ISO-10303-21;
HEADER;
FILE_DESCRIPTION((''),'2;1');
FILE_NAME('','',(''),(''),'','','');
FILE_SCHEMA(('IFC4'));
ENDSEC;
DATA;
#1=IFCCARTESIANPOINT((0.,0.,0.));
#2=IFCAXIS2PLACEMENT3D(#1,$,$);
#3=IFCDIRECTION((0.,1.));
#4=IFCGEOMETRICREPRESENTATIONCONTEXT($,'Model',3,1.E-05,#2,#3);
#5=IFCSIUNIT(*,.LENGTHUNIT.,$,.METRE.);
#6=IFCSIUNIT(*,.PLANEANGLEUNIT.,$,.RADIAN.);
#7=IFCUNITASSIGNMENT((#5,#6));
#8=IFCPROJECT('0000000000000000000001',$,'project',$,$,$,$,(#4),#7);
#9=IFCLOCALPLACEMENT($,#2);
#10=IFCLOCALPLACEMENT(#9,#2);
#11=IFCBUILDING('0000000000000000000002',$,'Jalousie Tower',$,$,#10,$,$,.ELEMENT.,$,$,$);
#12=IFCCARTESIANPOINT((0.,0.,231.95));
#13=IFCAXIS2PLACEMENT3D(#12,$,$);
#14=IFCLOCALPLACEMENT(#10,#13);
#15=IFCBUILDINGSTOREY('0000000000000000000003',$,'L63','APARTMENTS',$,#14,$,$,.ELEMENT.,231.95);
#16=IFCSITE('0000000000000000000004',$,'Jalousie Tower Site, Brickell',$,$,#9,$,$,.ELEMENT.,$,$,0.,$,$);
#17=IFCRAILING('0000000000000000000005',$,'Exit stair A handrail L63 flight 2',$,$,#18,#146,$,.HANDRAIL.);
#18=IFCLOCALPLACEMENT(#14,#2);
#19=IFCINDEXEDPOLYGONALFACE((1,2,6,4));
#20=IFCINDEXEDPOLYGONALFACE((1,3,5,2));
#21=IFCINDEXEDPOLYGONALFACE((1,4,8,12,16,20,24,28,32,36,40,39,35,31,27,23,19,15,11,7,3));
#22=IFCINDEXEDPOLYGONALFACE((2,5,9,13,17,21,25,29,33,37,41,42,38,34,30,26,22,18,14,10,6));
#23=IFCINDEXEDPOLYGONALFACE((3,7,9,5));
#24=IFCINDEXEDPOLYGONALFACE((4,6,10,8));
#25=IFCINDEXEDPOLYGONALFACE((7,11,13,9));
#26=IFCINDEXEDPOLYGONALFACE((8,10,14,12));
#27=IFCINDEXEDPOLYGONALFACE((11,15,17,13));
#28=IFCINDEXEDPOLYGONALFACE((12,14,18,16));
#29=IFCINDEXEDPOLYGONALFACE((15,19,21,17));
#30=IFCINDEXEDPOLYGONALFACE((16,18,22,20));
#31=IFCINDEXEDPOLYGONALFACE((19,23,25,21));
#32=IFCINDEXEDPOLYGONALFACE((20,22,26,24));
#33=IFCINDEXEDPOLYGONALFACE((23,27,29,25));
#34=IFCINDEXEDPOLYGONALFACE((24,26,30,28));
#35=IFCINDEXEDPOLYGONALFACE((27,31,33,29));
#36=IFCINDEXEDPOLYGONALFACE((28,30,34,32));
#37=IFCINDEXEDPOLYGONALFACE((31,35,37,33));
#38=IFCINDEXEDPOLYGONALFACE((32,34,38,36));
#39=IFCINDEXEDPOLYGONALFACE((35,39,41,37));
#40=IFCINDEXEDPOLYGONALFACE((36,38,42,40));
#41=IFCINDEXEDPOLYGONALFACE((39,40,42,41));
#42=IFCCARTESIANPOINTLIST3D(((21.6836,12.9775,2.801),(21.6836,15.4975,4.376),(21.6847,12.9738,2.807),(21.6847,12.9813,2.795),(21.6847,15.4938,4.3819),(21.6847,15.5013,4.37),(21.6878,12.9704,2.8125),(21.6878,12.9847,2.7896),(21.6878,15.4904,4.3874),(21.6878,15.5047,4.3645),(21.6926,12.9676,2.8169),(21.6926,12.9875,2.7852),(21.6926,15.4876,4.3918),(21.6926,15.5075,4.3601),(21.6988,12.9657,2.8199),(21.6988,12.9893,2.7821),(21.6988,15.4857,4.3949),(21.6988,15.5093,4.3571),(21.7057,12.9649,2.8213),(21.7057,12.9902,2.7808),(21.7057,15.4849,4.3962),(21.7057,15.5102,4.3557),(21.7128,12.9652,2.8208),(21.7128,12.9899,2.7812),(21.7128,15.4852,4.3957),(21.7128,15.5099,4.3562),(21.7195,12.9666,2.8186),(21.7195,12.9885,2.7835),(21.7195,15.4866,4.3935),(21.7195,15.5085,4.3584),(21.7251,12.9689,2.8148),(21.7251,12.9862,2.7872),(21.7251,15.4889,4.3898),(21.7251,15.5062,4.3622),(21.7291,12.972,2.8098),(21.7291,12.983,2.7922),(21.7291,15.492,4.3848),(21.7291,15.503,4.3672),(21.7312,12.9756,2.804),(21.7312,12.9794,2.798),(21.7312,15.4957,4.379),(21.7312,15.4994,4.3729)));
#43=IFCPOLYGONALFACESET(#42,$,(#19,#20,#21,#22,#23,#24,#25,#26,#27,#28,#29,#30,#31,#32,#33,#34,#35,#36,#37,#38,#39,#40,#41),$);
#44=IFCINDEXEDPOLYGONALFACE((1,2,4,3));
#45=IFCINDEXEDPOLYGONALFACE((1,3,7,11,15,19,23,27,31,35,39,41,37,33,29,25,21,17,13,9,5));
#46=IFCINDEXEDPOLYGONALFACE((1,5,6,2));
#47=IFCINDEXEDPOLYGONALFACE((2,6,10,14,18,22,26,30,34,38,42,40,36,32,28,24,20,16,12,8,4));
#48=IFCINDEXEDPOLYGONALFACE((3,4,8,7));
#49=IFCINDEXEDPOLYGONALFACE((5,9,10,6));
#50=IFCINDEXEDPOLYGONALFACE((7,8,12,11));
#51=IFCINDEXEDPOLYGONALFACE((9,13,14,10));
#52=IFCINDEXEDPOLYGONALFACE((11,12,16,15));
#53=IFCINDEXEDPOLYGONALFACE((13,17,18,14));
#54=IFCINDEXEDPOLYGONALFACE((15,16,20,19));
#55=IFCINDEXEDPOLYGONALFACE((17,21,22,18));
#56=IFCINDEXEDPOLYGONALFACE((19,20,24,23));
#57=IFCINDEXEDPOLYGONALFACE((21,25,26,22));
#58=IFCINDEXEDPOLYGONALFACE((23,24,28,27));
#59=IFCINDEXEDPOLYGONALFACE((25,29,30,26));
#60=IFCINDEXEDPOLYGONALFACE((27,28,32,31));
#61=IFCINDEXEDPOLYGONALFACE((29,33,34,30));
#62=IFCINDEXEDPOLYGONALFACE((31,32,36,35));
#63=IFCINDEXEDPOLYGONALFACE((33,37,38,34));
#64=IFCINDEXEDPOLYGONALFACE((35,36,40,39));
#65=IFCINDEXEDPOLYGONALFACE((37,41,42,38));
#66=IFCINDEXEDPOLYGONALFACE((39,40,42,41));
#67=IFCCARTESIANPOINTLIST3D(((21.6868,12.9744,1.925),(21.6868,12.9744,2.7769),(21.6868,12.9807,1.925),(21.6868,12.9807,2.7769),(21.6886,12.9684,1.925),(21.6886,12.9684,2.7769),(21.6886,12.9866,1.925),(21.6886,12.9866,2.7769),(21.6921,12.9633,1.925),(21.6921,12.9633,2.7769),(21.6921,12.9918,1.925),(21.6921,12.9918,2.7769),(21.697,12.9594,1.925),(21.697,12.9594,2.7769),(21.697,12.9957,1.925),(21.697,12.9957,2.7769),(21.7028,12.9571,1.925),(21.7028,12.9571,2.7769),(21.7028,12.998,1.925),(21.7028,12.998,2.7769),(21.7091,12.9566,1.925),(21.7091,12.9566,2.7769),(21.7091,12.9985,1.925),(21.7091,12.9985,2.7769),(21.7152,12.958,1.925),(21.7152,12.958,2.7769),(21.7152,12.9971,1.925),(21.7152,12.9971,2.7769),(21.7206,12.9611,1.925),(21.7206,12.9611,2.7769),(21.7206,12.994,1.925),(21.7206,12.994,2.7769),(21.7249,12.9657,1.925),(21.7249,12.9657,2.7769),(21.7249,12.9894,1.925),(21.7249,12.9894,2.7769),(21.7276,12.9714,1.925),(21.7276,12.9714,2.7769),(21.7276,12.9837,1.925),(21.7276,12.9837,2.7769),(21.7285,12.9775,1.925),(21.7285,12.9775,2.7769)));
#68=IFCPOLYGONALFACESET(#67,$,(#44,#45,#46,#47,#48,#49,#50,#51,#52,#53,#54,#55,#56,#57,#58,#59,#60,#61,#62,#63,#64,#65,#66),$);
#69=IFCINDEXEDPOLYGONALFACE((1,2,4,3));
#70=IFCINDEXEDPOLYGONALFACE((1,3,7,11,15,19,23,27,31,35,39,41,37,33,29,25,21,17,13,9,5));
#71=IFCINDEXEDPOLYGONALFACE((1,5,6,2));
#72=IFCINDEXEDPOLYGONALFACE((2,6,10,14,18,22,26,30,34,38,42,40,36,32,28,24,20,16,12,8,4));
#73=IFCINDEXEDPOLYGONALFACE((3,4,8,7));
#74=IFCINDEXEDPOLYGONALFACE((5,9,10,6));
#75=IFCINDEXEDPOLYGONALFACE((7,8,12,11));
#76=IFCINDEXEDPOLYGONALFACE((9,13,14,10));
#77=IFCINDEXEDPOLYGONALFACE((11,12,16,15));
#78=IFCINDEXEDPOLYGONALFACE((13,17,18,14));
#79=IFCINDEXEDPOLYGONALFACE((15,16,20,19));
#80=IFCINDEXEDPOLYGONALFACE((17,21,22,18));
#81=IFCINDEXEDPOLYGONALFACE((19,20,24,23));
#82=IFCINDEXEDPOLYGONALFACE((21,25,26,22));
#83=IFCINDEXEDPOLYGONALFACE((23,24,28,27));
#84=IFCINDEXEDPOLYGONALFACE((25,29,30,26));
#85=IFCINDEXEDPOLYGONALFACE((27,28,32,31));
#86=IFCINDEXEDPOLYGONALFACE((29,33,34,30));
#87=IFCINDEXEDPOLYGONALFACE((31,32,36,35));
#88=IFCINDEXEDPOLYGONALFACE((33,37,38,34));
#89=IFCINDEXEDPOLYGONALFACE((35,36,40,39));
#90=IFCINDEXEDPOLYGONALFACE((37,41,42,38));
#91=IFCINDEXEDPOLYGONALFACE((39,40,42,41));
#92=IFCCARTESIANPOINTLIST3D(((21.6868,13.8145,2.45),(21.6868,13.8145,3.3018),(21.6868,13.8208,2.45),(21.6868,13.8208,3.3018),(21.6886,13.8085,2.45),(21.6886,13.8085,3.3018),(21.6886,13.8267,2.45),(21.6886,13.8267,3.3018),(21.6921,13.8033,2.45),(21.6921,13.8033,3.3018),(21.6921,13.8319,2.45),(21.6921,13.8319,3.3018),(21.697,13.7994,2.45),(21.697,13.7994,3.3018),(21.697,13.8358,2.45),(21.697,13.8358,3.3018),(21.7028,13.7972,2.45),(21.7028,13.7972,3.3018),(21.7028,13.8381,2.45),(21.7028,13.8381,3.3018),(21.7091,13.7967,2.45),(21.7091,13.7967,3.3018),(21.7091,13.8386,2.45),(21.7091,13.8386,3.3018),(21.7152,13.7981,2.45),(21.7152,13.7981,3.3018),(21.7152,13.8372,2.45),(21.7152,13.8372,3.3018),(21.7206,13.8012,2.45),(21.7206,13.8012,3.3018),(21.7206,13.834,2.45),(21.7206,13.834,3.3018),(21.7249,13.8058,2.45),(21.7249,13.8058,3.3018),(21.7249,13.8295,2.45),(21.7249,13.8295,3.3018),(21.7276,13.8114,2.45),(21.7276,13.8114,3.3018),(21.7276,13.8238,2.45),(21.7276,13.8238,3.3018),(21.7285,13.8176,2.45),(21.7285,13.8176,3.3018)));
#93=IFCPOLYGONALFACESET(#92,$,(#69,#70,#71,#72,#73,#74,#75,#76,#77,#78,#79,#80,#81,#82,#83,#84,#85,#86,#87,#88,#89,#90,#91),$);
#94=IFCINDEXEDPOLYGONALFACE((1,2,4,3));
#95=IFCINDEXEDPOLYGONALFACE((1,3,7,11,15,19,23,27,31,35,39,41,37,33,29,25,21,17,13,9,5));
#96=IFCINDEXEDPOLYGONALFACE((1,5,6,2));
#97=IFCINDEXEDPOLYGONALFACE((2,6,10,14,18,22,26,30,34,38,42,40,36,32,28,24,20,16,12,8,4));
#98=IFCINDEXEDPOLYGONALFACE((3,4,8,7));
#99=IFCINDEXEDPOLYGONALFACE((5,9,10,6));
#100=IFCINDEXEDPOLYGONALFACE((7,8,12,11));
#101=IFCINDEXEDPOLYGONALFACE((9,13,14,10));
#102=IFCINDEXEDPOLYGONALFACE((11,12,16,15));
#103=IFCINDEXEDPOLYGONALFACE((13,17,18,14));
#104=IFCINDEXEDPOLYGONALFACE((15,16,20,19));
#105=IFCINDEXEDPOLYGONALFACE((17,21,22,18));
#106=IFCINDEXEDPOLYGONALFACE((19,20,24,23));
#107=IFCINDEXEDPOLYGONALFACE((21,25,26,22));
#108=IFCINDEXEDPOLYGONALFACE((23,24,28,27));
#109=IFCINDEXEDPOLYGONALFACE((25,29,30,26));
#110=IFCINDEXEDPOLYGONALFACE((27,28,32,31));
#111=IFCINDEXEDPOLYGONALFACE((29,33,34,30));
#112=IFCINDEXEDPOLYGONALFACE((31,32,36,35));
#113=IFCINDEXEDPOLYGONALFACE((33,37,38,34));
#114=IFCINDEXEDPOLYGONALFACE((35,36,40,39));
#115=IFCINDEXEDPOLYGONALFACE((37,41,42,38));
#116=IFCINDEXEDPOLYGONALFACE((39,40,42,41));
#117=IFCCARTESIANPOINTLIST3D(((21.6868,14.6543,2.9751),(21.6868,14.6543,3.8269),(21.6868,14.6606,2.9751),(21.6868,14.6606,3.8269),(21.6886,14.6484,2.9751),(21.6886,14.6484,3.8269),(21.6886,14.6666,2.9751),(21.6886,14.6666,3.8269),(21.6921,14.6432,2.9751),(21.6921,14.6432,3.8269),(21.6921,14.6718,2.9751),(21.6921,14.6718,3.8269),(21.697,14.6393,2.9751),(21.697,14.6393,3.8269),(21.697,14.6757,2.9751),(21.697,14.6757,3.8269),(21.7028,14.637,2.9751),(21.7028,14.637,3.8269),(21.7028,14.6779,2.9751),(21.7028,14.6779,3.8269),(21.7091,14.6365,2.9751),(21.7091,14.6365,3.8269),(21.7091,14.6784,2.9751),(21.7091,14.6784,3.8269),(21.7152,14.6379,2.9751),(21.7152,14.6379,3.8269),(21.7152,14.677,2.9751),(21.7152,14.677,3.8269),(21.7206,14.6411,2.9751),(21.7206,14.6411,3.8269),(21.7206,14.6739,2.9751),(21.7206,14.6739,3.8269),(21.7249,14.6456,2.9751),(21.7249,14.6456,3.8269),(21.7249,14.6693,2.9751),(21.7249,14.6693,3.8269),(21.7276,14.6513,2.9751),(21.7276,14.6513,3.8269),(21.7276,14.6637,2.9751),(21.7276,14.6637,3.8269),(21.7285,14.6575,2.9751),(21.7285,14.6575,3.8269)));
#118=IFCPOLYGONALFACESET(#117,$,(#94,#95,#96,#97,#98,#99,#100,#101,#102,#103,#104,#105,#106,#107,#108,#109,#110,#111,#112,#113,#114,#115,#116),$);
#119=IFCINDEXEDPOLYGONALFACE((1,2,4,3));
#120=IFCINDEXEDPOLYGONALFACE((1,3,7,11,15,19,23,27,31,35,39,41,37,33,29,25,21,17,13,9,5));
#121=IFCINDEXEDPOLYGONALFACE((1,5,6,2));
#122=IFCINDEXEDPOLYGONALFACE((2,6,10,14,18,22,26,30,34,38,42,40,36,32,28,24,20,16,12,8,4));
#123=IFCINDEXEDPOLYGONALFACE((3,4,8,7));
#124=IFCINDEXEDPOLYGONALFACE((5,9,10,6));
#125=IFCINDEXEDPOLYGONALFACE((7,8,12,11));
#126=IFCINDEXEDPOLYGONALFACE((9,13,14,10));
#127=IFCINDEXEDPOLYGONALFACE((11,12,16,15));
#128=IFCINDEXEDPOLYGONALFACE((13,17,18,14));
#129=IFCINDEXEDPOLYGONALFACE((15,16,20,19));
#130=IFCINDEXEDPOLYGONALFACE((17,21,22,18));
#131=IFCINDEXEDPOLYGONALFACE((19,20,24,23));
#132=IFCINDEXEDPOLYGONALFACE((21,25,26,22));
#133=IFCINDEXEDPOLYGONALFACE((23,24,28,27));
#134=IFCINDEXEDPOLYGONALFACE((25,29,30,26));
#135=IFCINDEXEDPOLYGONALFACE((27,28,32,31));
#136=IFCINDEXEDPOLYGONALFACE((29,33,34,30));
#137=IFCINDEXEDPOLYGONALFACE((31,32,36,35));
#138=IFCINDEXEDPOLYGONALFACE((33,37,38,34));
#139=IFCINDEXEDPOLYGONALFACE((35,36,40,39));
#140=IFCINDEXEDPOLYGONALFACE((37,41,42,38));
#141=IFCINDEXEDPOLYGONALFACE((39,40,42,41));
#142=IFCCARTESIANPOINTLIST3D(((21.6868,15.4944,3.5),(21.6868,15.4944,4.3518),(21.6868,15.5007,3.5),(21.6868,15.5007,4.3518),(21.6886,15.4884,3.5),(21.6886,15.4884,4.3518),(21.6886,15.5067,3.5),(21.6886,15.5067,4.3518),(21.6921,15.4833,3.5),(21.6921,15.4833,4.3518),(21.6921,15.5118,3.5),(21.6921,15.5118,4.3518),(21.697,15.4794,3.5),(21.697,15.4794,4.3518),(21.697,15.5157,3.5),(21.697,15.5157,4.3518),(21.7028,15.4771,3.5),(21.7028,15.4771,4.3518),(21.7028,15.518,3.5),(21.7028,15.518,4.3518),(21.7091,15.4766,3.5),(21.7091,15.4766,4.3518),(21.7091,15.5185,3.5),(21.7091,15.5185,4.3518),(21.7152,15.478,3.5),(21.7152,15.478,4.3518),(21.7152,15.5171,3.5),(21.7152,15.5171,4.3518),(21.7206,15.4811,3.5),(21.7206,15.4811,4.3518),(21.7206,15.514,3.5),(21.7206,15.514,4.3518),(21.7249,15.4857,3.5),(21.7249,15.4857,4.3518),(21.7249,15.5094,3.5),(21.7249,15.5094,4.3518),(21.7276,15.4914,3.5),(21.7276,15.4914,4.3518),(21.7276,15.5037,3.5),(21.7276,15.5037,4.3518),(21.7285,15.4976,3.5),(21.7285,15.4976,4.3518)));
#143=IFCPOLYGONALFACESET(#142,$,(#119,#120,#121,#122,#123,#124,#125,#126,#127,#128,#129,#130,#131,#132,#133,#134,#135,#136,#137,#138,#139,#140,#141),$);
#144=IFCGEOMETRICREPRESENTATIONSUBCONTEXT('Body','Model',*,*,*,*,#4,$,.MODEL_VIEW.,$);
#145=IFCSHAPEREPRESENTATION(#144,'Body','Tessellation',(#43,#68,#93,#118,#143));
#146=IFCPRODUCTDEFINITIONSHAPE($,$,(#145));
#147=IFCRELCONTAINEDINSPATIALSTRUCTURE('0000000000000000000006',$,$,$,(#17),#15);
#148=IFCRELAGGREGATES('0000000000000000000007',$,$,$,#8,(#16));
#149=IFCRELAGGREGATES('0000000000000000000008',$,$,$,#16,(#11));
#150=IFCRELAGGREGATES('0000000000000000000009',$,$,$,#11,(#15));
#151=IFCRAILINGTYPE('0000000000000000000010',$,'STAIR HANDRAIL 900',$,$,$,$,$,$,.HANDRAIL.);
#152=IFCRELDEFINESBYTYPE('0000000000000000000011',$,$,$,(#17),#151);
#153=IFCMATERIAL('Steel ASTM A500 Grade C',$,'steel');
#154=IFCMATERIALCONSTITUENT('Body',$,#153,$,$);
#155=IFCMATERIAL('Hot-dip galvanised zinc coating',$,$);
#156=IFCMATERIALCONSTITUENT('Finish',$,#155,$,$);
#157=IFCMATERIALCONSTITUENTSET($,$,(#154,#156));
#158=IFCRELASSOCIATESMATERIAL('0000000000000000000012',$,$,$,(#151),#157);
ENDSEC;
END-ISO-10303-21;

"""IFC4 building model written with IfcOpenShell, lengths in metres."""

from ifc_helpers import new_model, si_unit, direction, frame, origin, origin_2d, place, context, subcontext, project, spatial, circle, extrude, material, constituent, constituent_set, type_object, element, save


model = new_model("IFC4")

# Units and contexts
model_context = context("Model", 3, precision=1e-05, world=origin(), true_north=direction((0.0, 1.0)))
body_context = subcontext(model_context, "Body", "Model", "MODEL_VIEW")
ifc_project = project(units=[si_unit("LENGTHUNIT", "METRE"), si_unit("PLANEANGLEUNIT", "RADIAN")], contexts=[model_context])

# Site, building, storey
site_placement = place(None, origin())
site = spatial("IfcSite", under=ifc_project, at=site_placement, Name="Jalousie Tower Site, Brickell", CompositionType="ELEMENT", RefElevation=0.0)
building_placement = place(site_placement, origin())
building = spatial("IfcBuilding", under=site, at=building_placement, Name="Jalousie Tower", CompositionType="ELEMENT")
storey_placement = place(building_placement, frame((0.0, 0.0, 231.95)))
storey = spatial("IfcBuildingStorey", under=building, at=storey_placement, Name="L63", Description="APARTMENTS", CompositionType="ELEMENT", Elevation=231.95)

# Railing
ifc_material_1 = material(Name="Steel ASTM A500 Grade C", Category="steel")
ifc_constituent_1 = constituent(ifc_material_1, Name="Body")
ifc_material_2 = material(Name="Hot-dip galvanised zinc coating")
ifc_constituent_2 = constituent(ifc_material_2, Name="Finish")
ifc_constituent_set_1 = constituent_set(constituents=[ifc_constituent_1, ifc_constituent_2])
railing_type_1 = type_object("IfcRailingType", Name="STAIR HANDRAIL 900", PredefinedType="HANDRAIL", material=ifc_constituent_set_1)
railing_1_placement = place(storey_placement, frame((21.7075, 12.9775, 1.925)))
element("IfcRailing", 1, at=railing_1_placement, inside=storey, type_object=railing_type_1, Name="Exit stair A handrail L63 flight 2", PredefinedType="HANDRAIL", context=body_context, shape_type="SweptSolid", body=[
    extrude(circle(Radius=0.0239, at=origin_2d()), frame((0.0, 0.0, 0.876), z_axis=(0.0, 0.848008, 0.529984), x_axis=(-1.0, 0.0, 0.0)), (0.0, 0.0, 1.0), 2.9717),
    extrude(circle(Radius=0.021, at=origin_2d()), origin(), (0.0, 0.0, 1.0), 0.8518),
    extrude(circle(Radius=0.021, at=origin_2d()), frame((0.0, 0.8401, 0.5249)), (0.0, 0.0, 1.0), 0.8518),
    extrude(circle(Radius=0.021, at=origin_2d()), frame((0.0, 1.6799, 1.05)), (0.0, 0.0, 1.0), 0.8518),
    extrude(circle(Radius=0.021, at=origin_2d()), frame((0.0, 2.52, 1.575)), (0.0, 0.0, 1.0), 0.8518),
])

save(model, "model.ifc")
